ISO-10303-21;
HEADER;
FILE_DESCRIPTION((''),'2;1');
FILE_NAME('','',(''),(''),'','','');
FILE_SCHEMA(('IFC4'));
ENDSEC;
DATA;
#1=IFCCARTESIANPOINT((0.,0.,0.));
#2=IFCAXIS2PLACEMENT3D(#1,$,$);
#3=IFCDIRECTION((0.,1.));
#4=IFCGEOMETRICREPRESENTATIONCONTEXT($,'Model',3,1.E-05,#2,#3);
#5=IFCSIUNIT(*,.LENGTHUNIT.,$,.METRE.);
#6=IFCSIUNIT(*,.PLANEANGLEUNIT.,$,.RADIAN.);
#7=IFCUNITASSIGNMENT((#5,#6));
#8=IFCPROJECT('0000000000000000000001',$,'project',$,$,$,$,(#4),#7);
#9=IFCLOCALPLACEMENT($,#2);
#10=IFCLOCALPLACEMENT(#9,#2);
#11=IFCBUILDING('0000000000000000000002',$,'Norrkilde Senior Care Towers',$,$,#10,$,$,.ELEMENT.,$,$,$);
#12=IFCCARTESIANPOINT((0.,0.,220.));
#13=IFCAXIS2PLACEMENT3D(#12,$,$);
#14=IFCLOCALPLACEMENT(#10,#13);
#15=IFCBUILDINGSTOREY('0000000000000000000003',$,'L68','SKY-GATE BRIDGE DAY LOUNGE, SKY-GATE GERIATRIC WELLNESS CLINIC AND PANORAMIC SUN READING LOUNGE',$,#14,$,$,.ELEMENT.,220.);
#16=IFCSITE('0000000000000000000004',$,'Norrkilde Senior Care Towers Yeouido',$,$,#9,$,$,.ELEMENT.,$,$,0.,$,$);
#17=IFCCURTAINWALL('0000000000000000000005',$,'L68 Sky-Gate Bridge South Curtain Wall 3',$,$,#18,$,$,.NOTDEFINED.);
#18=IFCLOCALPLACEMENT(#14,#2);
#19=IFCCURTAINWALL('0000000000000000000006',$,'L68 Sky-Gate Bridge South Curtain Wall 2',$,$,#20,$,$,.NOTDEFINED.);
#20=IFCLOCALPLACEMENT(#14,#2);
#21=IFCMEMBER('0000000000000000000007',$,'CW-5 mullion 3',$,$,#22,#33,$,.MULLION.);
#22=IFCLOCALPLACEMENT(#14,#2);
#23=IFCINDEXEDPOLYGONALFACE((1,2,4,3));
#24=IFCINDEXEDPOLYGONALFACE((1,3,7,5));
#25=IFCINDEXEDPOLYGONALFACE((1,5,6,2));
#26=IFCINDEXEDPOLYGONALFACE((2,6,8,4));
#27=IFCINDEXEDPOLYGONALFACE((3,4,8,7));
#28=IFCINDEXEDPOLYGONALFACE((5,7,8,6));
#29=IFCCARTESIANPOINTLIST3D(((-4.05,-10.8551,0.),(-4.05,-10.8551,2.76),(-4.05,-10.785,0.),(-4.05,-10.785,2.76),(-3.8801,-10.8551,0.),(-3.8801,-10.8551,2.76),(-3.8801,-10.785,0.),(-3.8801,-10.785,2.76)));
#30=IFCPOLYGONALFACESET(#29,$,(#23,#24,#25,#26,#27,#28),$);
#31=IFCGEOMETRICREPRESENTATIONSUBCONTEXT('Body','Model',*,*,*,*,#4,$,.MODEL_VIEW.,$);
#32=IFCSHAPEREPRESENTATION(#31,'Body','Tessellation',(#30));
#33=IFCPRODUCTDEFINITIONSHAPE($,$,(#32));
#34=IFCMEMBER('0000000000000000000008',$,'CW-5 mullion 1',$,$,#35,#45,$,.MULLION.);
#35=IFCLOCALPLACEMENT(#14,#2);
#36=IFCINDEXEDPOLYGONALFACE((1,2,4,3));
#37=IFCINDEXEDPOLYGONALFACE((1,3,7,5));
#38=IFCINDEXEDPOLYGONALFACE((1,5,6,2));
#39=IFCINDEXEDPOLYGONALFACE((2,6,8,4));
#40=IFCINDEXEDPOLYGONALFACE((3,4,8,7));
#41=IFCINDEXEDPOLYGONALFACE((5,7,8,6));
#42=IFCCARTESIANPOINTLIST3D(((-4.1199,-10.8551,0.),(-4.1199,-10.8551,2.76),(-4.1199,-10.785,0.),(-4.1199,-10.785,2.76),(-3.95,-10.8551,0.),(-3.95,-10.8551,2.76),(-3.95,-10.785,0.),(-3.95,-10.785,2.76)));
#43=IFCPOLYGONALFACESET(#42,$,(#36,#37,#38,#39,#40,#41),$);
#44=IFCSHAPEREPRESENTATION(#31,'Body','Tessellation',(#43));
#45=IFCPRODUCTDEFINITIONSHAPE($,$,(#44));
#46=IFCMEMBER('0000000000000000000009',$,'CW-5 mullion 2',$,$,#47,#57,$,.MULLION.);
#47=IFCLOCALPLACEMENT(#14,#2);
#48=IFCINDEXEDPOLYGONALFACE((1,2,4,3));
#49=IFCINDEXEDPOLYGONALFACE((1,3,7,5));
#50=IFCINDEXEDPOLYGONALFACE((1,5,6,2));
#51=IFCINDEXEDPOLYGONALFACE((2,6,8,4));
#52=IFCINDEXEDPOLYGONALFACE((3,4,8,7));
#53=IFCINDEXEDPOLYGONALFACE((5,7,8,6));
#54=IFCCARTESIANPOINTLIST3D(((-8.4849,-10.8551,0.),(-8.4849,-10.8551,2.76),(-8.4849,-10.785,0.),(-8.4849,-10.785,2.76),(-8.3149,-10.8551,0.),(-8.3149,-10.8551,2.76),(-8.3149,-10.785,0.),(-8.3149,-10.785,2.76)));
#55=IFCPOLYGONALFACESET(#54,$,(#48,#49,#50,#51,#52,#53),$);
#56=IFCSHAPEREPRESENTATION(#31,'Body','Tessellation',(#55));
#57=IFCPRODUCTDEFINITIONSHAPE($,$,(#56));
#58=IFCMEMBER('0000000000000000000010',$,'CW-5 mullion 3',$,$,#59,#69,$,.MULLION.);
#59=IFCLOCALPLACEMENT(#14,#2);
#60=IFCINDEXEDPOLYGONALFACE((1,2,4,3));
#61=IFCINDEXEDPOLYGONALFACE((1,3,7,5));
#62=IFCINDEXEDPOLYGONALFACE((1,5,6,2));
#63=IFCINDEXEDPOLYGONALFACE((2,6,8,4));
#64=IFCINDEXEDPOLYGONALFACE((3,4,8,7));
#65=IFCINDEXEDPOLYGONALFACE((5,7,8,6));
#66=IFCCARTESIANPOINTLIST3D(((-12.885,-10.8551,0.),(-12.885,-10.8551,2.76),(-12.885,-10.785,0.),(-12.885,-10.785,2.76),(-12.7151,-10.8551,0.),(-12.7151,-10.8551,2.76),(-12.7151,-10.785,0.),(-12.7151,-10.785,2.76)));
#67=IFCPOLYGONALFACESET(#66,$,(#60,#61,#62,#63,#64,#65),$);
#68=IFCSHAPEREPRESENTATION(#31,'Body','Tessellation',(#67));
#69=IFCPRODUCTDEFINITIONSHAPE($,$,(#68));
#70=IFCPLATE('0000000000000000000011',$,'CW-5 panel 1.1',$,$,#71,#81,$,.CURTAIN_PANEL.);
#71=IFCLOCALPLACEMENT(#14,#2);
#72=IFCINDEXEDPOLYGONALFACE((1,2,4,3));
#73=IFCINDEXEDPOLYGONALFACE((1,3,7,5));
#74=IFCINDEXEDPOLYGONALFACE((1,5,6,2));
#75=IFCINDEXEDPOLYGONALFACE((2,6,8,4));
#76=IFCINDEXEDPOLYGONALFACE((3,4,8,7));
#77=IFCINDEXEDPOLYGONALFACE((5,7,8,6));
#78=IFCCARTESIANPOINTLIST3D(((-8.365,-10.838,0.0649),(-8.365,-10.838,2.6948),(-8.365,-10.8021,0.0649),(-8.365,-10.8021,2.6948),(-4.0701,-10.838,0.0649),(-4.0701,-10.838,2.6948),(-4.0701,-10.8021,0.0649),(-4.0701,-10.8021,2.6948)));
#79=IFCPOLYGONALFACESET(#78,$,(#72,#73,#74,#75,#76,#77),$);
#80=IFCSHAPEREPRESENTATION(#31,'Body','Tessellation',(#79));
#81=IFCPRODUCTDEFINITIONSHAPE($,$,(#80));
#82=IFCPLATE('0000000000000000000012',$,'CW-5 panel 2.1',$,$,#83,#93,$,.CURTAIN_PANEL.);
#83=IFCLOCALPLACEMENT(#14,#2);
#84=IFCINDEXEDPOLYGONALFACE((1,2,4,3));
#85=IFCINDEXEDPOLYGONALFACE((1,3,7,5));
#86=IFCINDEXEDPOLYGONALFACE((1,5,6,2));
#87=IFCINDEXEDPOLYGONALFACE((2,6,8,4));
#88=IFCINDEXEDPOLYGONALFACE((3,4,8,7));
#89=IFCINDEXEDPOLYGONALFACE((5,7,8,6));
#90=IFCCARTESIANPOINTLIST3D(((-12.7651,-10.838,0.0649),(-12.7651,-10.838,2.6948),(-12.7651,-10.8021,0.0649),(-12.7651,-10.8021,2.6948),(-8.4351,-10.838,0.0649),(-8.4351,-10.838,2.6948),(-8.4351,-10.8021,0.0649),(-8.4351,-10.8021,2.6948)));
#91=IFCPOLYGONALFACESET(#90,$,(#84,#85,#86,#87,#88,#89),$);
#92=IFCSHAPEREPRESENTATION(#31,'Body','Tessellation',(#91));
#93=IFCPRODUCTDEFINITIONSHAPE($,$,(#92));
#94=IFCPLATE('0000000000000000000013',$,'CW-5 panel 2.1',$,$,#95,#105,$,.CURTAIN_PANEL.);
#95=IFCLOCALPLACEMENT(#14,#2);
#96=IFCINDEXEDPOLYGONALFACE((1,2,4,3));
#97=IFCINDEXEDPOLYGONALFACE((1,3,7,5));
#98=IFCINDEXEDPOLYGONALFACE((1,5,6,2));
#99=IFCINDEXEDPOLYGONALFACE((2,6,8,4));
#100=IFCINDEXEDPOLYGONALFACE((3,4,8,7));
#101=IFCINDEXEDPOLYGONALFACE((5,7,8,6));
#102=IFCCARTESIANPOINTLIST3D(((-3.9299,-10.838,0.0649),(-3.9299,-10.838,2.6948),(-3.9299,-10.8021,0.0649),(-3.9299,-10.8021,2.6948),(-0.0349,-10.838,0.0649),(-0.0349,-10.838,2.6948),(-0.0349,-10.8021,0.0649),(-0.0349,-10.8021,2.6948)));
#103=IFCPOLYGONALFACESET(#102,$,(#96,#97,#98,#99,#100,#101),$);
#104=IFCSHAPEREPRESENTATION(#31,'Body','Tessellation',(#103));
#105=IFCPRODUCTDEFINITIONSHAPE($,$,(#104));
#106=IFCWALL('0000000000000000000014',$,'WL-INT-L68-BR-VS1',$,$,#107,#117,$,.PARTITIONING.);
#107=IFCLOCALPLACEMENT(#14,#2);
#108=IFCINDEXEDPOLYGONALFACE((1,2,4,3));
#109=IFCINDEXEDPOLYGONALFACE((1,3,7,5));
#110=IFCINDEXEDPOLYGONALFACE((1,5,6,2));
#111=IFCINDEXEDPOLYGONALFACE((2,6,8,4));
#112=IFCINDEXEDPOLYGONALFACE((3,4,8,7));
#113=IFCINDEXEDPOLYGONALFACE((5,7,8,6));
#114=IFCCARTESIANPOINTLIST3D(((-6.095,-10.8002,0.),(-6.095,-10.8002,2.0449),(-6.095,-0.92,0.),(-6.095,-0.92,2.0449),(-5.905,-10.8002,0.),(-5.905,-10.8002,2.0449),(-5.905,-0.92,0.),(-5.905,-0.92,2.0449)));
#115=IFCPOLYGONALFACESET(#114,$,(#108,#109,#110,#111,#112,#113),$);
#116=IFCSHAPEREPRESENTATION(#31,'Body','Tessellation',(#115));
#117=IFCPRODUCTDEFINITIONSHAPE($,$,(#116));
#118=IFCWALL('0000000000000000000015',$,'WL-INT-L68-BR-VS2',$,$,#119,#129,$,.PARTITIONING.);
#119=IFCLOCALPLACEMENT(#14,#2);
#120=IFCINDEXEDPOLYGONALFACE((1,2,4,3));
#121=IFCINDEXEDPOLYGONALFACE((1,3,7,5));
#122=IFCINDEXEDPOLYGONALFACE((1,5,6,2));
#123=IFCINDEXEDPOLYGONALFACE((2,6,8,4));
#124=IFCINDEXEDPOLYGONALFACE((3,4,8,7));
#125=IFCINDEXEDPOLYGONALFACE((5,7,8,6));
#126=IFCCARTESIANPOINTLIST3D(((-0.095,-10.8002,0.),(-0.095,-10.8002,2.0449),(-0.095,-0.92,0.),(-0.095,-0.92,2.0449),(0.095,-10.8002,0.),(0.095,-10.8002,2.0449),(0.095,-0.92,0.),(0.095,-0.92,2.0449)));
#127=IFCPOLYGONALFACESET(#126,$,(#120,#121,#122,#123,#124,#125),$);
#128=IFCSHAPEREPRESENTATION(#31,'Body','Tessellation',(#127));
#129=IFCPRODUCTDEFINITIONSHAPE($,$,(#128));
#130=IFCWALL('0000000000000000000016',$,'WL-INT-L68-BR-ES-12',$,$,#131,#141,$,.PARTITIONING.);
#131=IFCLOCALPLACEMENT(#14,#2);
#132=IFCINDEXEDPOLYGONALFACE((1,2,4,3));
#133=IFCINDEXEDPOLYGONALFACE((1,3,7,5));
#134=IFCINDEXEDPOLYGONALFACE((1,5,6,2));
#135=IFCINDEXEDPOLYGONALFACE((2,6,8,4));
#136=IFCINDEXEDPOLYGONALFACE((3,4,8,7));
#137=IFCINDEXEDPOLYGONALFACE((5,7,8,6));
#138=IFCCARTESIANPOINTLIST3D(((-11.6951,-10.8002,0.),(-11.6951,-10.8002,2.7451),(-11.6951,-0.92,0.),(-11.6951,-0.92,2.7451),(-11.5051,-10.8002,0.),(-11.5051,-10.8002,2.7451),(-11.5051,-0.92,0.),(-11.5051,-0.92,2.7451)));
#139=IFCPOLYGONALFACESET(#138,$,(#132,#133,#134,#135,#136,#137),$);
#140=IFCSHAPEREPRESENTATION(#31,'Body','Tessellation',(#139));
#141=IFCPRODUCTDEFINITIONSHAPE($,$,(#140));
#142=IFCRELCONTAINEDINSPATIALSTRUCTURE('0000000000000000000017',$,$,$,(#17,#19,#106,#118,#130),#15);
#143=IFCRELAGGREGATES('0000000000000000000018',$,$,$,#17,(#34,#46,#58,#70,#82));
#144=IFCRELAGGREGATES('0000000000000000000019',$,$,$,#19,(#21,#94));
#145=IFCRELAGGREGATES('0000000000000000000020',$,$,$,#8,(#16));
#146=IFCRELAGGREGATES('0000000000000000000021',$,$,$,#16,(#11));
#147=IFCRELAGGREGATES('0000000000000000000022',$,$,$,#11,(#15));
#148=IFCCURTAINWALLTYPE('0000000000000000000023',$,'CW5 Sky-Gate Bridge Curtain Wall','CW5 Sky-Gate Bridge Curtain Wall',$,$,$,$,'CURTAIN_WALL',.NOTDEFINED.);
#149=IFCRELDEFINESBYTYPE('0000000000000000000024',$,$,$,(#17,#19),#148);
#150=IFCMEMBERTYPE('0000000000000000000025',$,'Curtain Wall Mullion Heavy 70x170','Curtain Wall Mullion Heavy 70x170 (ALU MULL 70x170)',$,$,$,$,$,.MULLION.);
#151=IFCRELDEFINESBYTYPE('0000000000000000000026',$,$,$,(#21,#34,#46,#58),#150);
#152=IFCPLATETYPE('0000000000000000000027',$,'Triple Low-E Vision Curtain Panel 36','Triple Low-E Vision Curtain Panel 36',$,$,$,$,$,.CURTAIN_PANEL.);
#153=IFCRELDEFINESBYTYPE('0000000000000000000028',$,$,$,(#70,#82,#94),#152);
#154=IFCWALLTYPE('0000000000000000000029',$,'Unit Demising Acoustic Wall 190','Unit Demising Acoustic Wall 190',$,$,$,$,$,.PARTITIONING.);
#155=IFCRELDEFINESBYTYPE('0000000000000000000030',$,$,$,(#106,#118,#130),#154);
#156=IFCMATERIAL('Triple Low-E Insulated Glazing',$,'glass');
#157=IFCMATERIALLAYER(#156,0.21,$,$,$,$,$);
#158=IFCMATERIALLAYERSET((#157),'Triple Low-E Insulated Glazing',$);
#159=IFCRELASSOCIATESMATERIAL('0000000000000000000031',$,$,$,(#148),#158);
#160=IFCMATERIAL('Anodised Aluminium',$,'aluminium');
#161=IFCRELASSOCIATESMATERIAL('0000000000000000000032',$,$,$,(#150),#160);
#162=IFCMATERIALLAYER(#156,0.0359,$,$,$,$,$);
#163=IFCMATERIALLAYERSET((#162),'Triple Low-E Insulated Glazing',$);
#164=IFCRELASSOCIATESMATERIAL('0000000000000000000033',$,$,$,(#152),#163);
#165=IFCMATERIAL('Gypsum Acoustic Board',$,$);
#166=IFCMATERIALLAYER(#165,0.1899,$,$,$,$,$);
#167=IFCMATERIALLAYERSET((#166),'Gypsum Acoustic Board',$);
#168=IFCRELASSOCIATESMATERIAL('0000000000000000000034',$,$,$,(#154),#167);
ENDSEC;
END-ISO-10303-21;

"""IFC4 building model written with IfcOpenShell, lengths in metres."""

from ifc_helpers import new_model, si_unit, direction, frame, frame_2d, origin, origin_2d, place, context, subcontext, project, spatial, rectangle, extrude, source, transform, mapped, material, layer, layer_set, material_profile, profile_set, type_object, type_shapes, element, aggregate, save


model = new_model("IFC4")

# Units and contexts
model_context = context("Model", 3, precision=1e-05, world=origin(), true_north=direction((0.0, 1.0)))
body_context = subcontext(model_context, "Body", "Model", "MODEL_VIEW")
ifc_project = project(units=[si_unit("LENGTHUNIT", "METRE"), si_unit("PLANEANGLEUNIT", "RADIAN")], contexts=[model_context])

# Site, building, storey
site_placement = place(None, origin())
site = spatial("IfcSite", under=ifc_project, at=site_placement, Name="Norrkilde Senior Care Towers Yeouido", CompositionType="ELEMENT", RefElevation=0.0)
building_placement = place(site_placement, origin())
building = spatial("IfcBuilding", under=site, at=building_placement, Name="Norrkilde Senior Care Towers", CompositionType="ELEMENT")
storey_placement = place(building_placement, frame((0.0, 0.0, 220.0)))
storey = spatial("IfcBuildingStorey", under=building, at=storey_placement, Name="L68", Description="SKY-GATE BRIDGE DAY LOUNGE, SKY-GATE GERIATRIC WELLNESS CLINIC AND PANORAMIC SUN READING LOUNGE", CompositionType="ELEMENT", Elevation=220.0)

# Curtain walls, member
ifc_material_1 = material(Name="Triple Low-E Insulated Glazing", Category="glass")
ifc_layer_1 = layer(ifc_material_1, 0.21)
ifc_layer_set_1 = layer_set([ifc_layer_1], Name="Triple Low-E Insulated Glazing")
curtain_wall_type = type_object("IfcCurtainWallType", Name="CW5 Sky-Gate Bridge Curtain Wall", Description="CW5 Sky-Gate Bridge Curtain Wall", ElementType="CURTAIN_WALL", PredefinedType="NOTDEFINED", material=ifc_layer_set_1)
curtain_wall_1_placement = place(storey_placement, origin())
curtain_wall_1 = element("IfcCurtainWall", 1, at=curtain_wall_1_placement, inside=storey, type_object=curtain_wall_type, Name="L68 Sky-Gate Bridge South Curtain Wall 3", PredefinedType="NOTDEFINED")
ifc_material_2 = material(Name="Anodised Aluminium", Category="aluminium")
curtain_wall_2_placement = place(storey_placement, origin())
curtain_wall_2 = element("IfcCurtainWall", 2, at=curtain_wall_2_placement, inside=storey, type_object=curtain_wall_type, Name="L68 Sky-Gate Bridge South Curtain Wall 2", PredefinedType="NOTDEFINED")
ifc_material_profile_1 = material_profile(ifc_material_2, rectangle(XDim=0.0701, YDim=0.1699, at=origin_2d()), Name="ALU MULL 70x170")
ifc_profile_set_1 = profile_set([ifc_material_profile_1], Name="Anodised Aluminium")
member_type_1 = type_object("IfcMemberType", Name="Curtain Wall Mullion Heavy 70x170", Description="Curtain Wall Mullion Heavy 70x170 (ALU MULL 70x170)", PredefinedType="MULLION", material=ifc_profile_set_1)
shared_shape_1 = source(origin(), body_context, "Body", "SweptSolid", [
    extrude(rectangle(XDim=0.0701, YDim=0.1699, at=origin_2d()), origin(), (0.0, 0.0, 1.0), 2.76),
])
type_shapes(member_type_1, [shared_shape_1])
member_1_placement = place(storey_placement, frame((-3.9651, -10.8201, 0.0), z_axis=(0.0, 0.0, 1.0), x_axis=(0.0, -1.0, 0.0)))
member_1 = element("IfcMember", 3, at=member_1_placement, type_object=member_type_1, Name="CW-5 mullion 3", PredefinedType="MULLION", context=body_context, shape_type="MappedRepresentation", body=[
    mapped(shared_shape_1, transform((0.0, 0.0, 0.0), x_axis=(1.0, 0.0, 0.0), y_axis=(0.0, 1.0, 0.0), z_axis=(0.0, 0.0, 1.0), scale=1.0)),
])

# Members
member_2_placement = place(storey_placement, frame((-4.0349, -10.8201, 0.0), z_axis=(0.0, 0.0, 1.0), x_axis=(0.0, -1.0, 0.0)))
member_2 = element("IfcMember", 4, at=member_2_placement, type_object=member_type_1, Name="CW-5 mullion 1", PredefinedType="MULLION", context=body_context, shape_type="MappedRepresentation", body=[
    mapped(shared_shape_1, transform((0.0, 0.0, 0.0), x_axis=(1.0, 0.0, 0.0), y_axis=(0.0, 1.0, 0.0), z_axis=(0.0, 0.0, 1.0), scale=1.0)),
])
member_3_placement = place(storey_placement, frame((-8.3999, -10.8201, 0.0), z_axis=(0.0, 0.0, 1.0), x_axis=(0.0, -1.0, 0.0)))
member_3 = element("IfcMember", 5, at=member_3_placement, type_object=member_type_1, Name="CW-5 mullion 2", PredefinedType="MULLION", context=body_context, shape_type="MappedRepresentation", body=[
    mapped(shared_shape_1, transform((0.0, 0.0, 0.0), x_axis=(1.0, 0.0, 0.0), y_axis=(0.0, 1.0, 0.0), z_axis=(0.0, 0.0, 1.0), scale=1.0)),
])
member_4_placement = place(storey_placement, frame((-12.8, -10.8201, 0.0), z_axis=(0.0, 0.0, 1.0), x_axis=(0.0, -1.0, 0.0)))
member_4 = element("IfcMember", 6, at=member_4_placement, type_object=member_type_1, Name="CW-5 mullion 3", PredefinedType="MULLION", context=body_context, shape_type="MappedRepresentation", body=[
    mapped(shared_shape_1, transform((0.0, 0.0, 0.0), x_axis=(1.0, 0.0, 0.0), y_axis=(0.0, 1.0, 0.0), z_axis=(0.0, 0.0, 1.0), scale=1.0)),
])

# Plates
ifc_layer_2 = layer(ifc_material_1, 0.0359)
ifc_layer_set_2 = layer_set([ifc_layer_2], Name="Triple Low-E Insulated Glazing")
plate_type = type_object("IfcPlateType", Name="Triple Low-E Vision Curtain Panel 36", Description="Triple Low-E Vision Curtain Panel 36", PredefinedType="CURTAIN_PANEL", material=ifc_layer_set_2)
shared_shape_2 = source(origin(), body_context, "Body", "SweptSolid", [
    extrude(rectangle(XDim=4.2949, YDim=0.0359, at=origin_2d()), origin(), (0.0, 0.0, 1.0), 2.6299),
])
plate_1_placement = place(storey_placement, frame((-6.2175, -10.8201, 0.0649), z_axis=(0.0, 0.0, 1.0), x_axis=(-1.0, 0.0, 0.0)))
plate_1 = element("IfcPlate", 7, at=plate_1_placement, type_object=plate_type, Name="CW-5 panel 1.1", PredefinedType="CURTAIN_PANEL", context=body_context, shape_type="MappedRepresentation", body=[
    mapped(shared_shape_2, transform((0.0, 0.0, 0.0), x_axis=(1.0, 0.0, 0.0), y_axis=(0.0, 1.0, 0.0), z_axis=(0.0, 0.0, 1.0), scale=1.0)),
])
shared_shape_3 = source(origin(), body_context, "Body", "SweptSolid", [
    extrude(rectangle(XDim=4.3301, YDim=0.0359, at=origin_2d()), origin(), (0.0, 0.0, 1.0), 2.6299),
])
plate_2_placement = place(storey_placement, frame((-10.6001, -10.8201, 0.0649), z_axis=(0.0, 0.0, 1.0), x_axis=(-1.0, 0.0, 0.0)))
plate_2 = element("IfcPlate", 8, at=plate_2_placement, type_object=plate_type, Name="CW-5 panel 2.1", PredefinedType="CURTAIN_PANEL", context=body_context, shape_type="MappedRepresentation", body=[
    mapped(shared_shape_3, transform((0.0, 0.0, 0.0), x_axis=(1.0, 0.0, 0.0), y_axis=(0.0, 1.0, 0.0), z_axis=(0.0, 0.0, 1.0), scale=1.0)),
])
aggregate(curtain_wall_1, [member_2, member_3, member_4, plate_1, plate_2])
shared_shape_4 = source(origin(), body_context, "Body", "SweptSolid", [
    extrude(rectangle(XDim=3.895, YDim=0.0359, at=origin_2d()), origin(), (0.0, 0.0, 1.0), 2.6299),
])
type_shapes(plate_type, [shared_shape_2, shared_shape_3, shared_shape_4])
plate_3_placement = place(storey_placement, frame((-1.9824, -10.8201, 0.0649), z_axis=(0.0, 0.0, 1.0), x_axis=(-1.0, 0.0, 0.0)))
plate_3 = element("IfcPlate", 9, at=plate_3_placement, type_object=plate_type, Name="CW-5 panel 2.1", PredefinedType="CURTAIN_PANEL", context=body_context, shape_type="MappedRepresentation", body=[
    mapped(shared_shape_4, transform((0.0, 0.0, 0.0), x_axis=(1.0, 0.0, 0.0), y_axis=(0.0, 1.0, 0.0), z_axis=(0.0, 0.0, 1.0), scale=1.0)),
])
aggregate(curtain_wall_2, [member_1, plate_3])

# Walls
ifc_material_3 = material(Name="Gypsum Acoustic Board")
ifc_layer_3 = layer(ifc_material_3, 0.1899)
ifc_layer_set_3 = layer_set([ifc_layer_3], Name="Gypsum Acoustic Board")
wall_type = type_object("IfcWallType", Name="Unit Demising Acoustic Wall 190", Description="Unit Demising Acoustic Wall 190", PredefinedType="PARTITIONING", material=ifc_layer_set_3)
shared_shape_5 = source(origin(), body_context, "Body", "SweptSolid", [
    extrude(rectangle(XDim=9.8801, YDim=0.1899, at=frame_2d((4.9399, 0.0))), origin(), (0.0, 0.0, 1.0), 2.0449),
])
for number, where, z_axis, x_axis, name in (
    (10, (-6.0, -10.8, 0.0), (0.0, 0.0, 1.0), (0.0, 1.0, 0.0), "WL-INT-L68-BR-VS1"),
    (11, (0.0, -10.8, 0.0), (0.0, 0.0, 1.0), (0.0, 1.0, 0.0), "WL-INT-L68-BR-VS2"),
):
    element("IfcWall", number, at=place(storey_placement, frame(where, z_axis=z_axis, x_axis=x_axis)), inside=storey, type_object=wall_type, Name=name, PredefinedType="PARTITIONING", context=body_context, shape_type="MappedRepresentation", body=[
        mapped(shared_shape_5, transform((0.0, 0.0, 0.0), x_axis=(1.0, 0.0, 0.0), y_axis=(0.0, 1.0, 0.0), z_axis=(0.0, 0.0, 1.0), scale=1.0)),
    ])
shared_shape_6 = source(origin(), body_context, "Body", "SweptSolid", [
    extrude(rectangle(XDim=9.8801, YDim=0.1899, at=frame_2d((4.9399, 0.0))), origin(), (0.0, 0.0, 1.0), 2.7451),
])
type_shapes(wall_type, [shared_shape_5, shared_shape_6])
wall_placement = place(storey_placement, frame((-11.6001, -10.8, 0.0), z_axis=(0.0, 0.0, 1.0), x_axis=(0.0, 1.0, 0.0)))
element("IfcWall", 12, at=wall_placement, inside=storey, type_object=wall_type, Name="WL-INT-L68-BR-ES-12", PredefinedType="PARTITIONING", context=body_context, shape_type="MappedRepresentation", body=[
    mapped(shared_shape_6, transform((0.0, 0.0, 0.0), x_axis=(1.0, 0.0, 0.0), y_axis=(0.0, 1.0, 0.0), z_axis=(0.0, 0.0, 1.0), scale=1.0)),
])

save(model, "model.ifc")
